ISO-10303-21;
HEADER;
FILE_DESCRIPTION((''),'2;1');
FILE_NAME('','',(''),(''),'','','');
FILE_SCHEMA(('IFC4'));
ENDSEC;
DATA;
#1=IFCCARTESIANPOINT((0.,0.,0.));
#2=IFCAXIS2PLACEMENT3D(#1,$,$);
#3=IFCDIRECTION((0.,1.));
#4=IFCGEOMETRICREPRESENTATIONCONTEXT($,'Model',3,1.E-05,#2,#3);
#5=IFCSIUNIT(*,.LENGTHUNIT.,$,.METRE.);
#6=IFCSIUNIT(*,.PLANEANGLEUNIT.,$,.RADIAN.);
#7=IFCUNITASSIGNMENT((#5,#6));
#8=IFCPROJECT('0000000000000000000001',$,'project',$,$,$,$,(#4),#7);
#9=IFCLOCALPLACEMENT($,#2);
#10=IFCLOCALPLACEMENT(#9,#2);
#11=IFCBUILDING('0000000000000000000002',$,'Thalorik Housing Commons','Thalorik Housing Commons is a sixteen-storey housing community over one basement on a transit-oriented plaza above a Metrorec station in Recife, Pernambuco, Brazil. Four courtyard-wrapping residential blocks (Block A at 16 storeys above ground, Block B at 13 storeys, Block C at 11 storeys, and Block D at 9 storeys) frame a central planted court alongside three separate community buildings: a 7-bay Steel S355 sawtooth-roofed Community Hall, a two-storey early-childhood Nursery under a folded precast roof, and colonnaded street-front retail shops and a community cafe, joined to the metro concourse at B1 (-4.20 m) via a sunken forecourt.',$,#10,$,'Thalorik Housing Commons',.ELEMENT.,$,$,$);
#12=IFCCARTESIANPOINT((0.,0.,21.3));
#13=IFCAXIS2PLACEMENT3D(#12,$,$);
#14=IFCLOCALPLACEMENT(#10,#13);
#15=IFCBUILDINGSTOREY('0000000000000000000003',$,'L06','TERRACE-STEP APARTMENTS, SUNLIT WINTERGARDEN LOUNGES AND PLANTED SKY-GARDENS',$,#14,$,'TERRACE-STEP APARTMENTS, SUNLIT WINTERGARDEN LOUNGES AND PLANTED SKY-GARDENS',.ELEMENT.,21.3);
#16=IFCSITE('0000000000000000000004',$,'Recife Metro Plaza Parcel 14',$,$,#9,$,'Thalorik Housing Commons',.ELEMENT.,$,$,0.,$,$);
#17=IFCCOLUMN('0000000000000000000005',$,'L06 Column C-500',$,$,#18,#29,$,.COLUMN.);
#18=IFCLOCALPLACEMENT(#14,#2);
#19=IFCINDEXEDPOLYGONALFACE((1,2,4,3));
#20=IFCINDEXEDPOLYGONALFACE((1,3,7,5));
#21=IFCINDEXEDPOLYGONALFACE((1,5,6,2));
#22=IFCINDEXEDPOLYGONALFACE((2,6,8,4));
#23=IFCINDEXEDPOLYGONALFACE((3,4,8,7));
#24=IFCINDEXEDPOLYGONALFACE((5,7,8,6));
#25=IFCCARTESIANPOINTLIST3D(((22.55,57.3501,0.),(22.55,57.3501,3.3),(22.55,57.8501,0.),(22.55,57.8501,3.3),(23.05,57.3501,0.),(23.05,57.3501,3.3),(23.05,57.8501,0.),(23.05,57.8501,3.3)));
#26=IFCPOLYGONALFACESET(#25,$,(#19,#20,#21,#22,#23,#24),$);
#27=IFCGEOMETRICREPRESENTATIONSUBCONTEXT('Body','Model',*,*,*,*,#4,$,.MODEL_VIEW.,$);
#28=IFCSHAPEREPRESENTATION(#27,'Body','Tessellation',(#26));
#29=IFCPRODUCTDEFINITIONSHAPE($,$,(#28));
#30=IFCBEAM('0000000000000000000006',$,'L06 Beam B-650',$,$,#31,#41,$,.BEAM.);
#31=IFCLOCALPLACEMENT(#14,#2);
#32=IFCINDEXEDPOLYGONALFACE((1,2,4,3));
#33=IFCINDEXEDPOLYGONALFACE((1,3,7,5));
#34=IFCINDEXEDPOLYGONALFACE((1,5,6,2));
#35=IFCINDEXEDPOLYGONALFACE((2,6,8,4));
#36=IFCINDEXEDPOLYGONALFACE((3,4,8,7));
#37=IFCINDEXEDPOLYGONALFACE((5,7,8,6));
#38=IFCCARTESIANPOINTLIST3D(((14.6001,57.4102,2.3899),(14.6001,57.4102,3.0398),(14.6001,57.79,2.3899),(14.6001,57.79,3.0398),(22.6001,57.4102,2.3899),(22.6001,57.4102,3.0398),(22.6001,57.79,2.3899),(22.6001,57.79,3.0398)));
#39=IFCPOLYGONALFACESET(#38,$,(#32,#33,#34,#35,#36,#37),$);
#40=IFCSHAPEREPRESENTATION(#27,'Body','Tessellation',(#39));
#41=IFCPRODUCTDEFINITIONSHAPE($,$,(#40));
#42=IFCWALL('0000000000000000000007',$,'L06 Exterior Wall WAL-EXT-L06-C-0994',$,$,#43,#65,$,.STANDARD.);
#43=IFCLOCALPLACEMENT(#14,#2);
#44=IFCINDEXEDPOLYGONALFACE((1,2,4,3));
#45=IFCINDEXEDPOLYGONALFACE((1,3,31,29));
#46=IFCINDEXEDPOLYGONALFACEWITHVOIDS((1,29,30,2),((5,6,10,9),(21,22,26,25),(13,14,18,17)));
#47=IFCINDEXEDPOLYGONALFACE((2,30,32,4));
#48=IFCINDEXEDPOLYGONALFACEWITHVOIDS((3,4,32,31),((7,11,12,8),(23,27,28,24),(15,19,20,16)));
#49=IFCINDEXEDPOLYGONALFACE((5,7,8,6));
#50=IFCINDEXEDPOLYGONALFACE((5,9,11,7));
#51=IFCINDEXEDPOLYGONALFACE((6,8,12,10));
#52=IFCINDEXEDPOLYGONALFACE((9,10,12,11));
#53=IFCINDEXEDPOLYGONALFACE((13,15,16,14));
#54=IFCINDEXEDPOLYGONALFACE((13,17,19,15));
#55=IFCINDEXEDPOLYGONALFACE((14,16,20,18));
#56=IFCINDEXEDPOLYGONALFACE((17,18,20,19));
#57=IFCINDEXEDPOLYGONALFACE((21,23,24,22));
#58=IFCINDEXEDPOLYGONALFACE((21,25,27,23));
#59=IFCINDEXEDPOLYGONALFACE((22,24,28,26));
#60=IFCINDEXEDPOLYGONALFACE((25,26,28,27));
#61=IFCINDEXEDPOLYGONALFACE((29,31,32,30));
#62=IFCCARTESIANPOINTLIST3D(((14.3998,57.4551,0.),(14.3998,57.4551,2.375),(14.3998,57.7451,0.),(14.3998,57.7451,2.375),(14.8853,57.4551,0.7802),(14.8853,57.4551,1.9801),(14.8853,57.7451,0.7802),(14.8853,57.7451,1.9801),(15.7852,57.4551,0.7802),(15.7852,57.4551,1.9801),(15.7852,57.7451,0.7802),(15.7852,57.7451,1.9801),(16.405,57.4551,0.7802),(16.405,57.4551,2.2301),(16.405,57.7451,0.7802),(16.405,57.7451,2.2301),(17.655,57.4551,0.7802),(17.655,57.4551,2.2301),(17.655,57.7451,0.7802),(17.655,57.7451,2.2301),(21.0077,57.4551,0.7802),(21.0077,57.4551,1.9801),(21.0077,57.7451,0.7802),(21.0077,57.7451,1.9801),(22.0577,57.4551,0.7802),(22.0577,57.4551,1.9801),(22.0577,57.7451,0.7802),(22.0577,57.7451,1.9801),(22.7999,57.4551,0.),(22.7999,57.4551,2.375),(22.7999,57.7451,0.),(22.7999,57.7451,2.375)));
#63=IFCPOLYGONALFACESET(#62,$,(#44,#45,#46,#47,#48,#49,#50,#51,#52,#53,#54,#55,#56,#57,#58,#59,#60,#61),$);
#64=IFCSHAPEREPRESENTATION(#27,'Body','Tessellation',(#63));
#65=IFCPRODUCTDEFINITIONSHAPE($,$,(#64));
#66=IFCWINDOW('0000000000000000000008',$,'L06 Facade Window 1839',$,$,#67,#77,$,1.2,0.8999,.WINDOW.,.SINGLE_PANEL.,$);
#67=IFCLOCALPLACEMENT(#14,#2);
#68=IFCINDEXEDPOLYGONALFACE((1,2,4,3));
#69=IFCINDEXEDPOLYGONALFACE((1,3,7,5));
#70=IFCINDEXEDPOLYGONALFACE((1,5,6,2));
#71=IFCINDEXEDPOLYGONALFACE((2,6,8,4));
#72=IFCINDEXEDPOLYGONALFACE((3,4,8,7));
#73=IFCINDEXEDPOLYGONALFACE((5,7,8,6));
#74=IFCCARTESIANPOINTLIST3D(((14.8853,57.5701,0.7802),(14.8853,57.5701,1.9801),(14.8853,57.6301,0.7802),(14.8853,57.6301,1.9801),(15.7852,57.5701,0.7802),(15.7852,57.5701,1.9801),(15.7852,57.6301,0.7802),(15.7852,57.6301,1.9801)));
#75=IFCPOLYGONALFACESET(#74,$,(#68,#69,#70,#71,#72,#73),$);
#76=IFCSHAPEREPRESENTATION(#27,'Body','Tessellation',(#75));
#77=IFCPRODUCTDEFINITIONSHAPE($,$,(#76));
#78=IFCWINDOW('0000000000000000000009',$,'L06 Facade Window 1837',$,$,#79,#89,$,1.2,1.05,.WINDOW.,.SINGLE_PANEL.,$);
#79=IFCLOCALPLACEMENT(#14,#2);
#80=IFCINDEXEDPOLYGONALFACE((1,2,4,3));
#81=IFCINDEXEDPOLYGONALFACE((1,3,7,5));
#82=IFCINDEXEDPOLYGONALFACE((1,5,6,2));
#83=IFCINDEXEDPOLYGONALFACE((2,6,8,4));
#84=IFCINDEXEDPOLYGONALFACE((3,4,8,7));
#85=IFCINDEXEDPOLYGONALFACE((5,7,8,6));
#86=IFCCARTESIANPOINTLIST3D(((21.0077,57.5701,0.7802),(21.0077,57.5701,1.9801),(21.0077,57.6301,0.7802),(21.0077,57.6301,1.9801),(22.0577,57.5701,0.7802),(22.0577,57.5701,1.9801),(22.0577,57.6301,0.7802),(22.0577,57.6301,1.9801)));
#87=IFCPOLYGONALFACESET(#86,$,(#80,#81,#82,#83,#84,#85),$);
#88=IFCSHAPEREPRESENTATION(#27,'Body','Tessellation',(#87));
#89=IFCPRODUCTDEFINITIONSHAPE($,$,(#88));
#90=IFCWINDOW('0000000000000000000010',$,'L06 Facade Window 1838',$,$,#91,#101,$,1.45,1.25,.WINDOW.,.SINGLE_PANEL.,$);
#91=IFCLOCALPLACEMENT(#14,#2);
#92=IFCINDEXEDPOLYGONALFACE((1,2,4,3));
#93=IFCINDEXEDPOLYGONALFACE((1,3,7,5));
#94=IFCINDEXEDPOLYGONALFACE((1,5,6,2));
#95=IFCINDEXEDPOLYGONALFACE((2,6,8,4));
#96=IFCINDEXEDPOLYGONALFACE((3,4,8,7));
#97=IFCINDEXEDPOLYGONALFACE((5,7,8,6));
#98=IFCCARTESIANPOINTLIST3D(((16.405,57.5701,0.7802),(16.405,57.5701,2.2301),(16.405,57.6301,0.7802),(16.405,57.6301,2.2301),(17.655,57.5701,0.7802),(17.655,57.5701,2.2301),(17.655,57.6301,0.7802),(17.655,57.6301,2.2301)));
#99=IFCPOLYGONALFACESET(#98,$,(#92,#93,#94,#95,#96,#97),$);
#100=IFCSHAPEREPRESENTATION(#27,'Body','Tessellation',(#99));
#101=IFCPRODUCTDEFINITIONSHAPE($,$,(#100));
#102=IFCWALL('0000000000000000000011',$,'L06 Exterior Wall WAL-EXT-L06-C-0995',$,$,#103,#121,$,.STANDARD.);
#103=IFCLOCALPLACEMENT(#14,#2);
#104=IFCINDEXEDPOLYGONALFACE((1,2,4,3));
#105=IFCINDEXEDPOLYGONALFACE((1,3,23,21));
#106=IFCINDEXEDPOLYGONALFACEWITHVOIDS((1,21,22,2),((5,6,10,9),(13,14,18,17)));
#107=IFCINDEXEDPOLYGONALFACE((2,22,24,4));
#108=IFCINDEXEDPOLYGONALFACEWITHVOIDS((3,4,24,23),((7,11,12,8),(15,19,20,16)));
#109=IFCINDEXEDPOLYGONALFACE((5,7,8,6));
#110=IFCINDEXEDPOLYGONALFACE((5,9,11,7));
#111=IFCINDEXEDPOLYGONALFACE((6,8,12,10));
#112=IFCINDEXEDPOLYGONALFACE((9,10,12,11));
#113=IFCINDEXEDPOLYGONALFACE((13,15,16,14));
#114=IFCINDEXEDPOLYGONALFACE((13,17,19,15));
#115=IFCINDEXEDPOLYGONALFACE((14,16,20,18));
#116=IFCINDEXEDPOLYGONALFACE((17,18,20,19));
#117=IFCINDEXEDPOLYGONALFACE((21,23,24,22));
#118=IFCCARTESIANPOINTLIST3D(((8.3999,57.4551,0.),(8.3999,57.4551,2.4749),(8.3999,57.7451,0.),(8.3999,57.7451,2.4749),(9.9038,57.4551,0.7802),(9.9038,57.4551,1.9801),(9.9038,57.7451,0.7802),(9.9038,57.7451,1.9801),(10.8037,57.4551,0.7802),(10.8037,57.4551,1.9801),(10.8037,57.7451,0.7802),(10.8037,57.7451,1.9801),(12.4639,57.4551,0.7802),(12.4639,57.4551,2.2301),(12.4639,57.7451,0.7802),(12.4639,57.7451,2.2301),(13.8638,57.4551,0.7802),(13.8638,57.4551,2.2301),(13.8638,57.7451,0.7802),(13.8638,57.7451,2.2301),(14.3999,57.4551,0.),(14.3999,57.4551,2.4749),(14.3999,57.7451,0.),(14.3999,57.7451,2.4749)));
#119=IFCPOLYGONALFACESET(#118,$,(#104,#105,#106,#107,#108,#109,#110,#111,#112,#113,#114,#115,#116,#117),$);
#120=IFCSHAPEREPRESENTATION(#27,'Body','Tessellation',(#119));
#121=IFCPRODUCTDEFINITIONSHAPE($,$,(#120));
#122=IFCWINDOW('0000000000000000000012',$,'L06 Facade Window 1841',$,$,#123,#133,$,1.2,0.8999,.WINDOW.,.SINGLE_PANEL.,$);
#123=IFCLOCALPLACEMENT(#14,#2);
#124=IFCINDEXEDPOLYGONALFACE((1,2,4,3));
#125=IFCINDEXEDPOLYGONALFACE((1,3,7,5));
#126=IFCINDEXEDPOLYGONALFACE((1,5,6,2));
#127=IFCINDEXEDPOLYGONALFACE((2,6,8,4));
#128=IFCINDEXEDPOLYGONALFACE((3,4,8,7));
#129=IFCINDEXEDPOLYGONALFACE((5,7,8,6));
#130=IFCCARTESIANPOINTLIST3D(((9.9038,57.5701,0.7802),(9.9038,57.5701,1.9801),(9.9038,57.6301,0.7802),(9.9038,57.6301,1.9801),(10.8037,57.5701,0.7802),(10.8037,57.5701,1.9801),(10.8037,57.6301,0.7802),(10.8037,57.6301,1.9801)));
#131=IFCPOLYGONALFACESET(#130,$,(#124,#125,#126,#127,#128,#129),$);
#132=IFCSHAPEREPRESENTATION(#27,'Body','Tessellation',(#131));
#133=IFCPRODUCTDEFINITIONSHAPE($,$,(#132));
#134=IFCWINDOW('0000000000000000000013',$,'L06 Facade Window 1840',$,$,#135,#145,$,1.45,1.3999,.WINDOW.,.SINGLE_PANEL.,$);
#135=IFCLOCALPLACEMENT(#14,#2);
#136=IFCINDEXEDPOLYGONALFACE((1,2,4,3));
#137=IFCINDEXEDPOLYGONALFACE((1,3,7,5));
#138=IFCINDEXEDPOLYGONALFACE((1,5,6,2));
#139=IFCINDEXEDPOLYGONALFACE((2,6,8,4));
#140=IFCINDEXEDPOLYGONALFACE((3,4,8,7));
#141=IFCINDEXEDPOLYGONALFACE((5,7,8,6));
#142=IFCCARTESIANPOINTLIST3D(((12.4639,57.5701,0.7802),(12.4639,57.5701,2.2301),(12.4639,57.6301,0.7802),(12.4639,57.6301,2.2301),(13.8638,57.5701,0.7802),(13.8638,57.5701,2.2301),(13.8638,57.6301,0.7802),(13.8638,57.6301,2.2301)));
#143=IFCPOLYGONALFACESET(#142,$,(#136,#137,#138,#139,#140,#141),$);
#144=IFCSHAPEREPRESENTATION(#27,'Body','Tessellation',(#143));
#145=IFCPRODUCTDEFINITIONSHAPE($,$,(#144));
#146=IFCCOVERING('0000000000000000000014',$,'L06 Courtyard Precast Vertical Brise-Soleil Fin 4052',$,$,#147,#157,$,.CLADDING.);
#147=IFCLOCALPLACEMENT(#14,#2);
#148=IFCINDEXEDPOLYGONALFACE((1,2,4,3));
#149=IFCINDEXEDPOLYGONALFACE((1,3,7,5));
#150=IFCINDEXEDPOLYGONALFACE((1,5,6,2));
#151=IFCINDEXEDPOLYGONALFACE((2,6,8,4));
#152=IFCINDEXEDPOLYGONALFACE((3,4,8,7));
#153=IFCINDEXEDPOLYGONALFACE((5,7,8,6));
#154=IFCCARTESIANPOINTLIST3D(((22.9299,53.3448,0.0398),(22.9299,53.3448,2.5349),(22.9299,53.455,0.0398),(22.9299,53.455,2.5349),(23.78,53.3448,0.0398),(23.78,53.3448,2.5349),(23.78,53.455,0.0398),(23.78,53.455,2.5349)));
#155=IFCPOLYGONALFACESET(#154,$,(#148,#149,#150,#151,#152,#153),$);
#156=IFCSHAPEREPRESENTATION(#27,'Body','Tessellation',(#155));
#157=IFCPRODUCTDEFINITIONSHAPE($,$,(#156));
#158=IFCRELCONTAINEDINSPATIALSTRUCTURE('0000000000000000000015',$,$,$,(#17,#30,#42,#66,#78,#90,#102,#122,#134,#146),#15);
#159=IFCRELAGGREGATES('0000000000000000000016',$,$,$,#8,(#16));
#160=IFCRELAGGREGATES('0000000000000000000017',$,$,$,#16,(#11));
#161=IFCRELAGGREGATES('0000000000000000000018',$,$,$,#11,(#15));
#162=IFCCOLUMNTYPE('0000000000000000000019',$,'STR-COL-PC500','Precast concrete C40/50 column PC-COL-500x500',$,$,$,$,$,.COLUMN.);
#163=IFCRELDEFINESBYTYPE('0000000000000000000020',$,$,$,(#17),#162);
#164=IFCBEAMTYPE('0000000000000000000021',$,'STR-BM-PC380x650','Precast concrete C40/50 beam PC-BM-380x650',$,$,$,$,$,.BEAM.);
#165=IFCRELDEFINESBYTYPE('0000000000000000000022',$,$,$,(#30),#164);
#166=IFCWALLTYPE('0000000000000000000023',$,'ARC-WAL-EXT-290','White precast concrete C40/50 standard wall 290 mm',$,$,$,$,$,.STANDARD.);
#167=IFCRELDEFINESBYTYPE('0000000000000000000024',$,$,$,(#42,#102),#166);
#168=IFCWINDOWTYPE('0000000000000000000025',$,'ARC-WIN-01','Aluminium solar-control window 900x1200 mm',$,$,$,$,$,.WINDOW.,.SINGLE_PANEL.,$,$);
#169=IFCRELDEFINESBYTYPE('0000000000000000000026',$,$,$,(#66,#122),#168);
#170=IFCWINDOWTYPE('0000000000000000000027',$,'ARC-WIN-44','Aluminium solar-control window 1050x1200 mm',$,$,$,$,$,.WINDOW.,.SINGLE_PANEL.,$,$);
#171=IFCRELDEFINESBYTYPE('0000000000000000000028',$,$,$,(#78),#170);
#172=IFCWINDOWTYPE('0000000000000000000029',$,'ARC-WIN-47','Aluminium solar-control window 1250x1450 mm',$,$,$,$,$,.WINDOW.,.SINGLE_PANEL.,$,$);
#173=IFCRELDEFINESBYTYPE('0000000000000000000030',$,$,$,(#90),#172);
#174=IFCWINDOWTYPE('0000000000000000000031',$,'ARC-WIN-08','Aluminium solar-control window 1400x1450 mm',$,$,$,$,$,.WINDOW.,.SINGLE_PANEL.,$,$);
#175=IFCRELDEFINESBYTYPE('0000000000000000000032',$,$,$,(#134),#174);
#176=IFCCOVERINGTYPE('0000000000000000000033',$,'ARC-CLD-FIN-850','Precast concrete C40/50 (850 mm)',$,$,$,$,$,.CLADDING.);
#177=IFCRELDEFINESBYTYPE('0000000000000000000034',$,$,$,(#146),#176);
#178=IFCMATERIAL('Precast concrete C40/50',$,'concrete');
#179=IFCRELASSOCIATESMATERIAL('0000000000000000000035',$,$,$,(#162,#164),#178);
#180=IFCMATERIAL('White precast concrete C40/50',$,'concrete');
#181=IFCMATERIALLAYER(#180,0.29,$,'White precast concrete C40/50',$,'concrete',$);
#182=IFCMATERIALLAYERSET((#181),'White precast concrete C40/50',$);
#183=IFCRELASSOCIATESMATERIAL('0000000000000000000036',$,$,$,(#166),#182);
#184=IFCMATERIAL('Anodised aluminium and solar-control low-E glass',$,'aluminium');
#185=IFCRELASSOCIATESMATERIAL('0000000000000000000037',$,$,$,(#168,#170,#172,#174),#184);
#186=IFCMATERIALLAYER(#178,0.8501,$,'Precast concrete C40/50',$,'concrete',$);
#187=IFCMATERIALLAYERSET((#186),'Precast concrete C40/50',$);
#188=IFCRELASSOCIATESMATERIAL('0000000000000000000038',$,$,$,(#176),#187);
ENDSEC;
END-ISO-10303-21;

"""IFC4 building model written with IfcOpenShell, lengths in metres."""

from ifc_helpers import new_model, si_unit, direction, frame, frame_2d, origin, origin_2d, place, context, subcontext, project, spatial, rectangle, extrude, material, layer, layer_set, material_profile, profile_set, type_object, element, fill, save


model = new_model("IFC4")

# Units and contexts
model_context = context("Model", 3, precision=1e-05, world=origin(), true_north=direction((0.0, 1.0)))
body_context = subcontext(model_context, "Body", "Model", "MODEL_VIEW")
ifc_project = project(units=[si_unit("LENGTHUNIT", "METRE"), si_unit("PLANEANGLEUNIT", "RADIAN")], contexts=[model_context])

# Site, building, storey
site_placement = place(None, origin())
site = spatial("IfcSite", under=ifc_project, at=site_placement, Name="Recife Metro Plaza Parcel 14", LongName="Thalorik Housing Commons", CompositionType="ELEMENT", RefElevation=0.0)
building_placement = place(site_placement, origin())
building = spatial("IfcBuilding", under=site, at=building_placement, Name="Thalorik Housing Commons", Description="Thalorik Housing Commons is a sixteen-storey housing community over one basement on a transit-oriented plaza above a Metrorec station in Recife, Pernambuco, Brazil. Four courtyard-wrapping residential blocks (Block A at 16 storeys above ground, Block B at 13 storeys, Block C at 11 storeys, and Block D at 9 storeys) frame a central planted court alongside three separate community buildings: a 7-bay Steel S355 sawtooth-roofed Community Hall, a two-storey early-childhood Nursery under a folded precast roof, and colonnaded street-front retail shops and a community cafe, joined to the metro concourse at B1 (-4.20 m) via a sunken forecourt.", LongName="Thalorik Housing Commons", CompositionType="ELEMENT")
storey_placement = place(building_placement, frame((0.0, 0.0, 21.3)))
storey = spatial("IfcBuildingStorey", under=building, at=storey_placement, Name="L06", Description="TERRACE-STEP APARTMENTS, SUNLIT WINTERGARDEN LOUNGES AND PLANTED SKY-GARDENS", LongName="TERRACE-STEP APARTMENTS, SUNLIT WINTERGARDEN LOUNGES AND PLANTED SKY-GARDENS", CompositionType="ELEMENT", Elevation=21.3)

# Column
ifc_material_1 = material(Name="Precast concrete C40/50", Category="concrete")
ifc_material_profile_1 = material_profile(ifc_material_1, rectangle(XDim=0.5, YDim=0.5, at=origin_2d()), Name="PC 500x500", Category="concrete")
ifc_profile_set_1 = profile_set([ifc_material_profile_1], Name="Precast concrete C40/50")
column_type = type_object("IfcColumnType", Name="STR-COL-PC500", Description="Precast concrete C40/50 column PC-COL-500x500", PredefinedType="COLUMN", material=ifc_profile_set_1)
column_placement = place(storey_placement, frame((22.8, 57.6001, 0.0), z_axis=(0.0, 0.0, 1.0), x_axis=(1.0, 0.0, 0.0)))
element("IfcColumn", 1, at=column_placement, inside=storey, type_object=column_type, Name="L06 Column C-500", PredefinedType="COLUMN", context=body_context, shape_type="SweptSolid", body=[
    extrude(rectangle(XDim=0.5, YDim=0.5, at=origin_2d()), origin(), (0.0, 0.0, 1.0), 3.3),
])

# Beam
ifc_material_profile_2 = material_profile(ifc_material_1, rectangle(XDim=0.3799, YDim=0.6499, at=origin_2d()), Name="PC 380x650", Category="concrete")
ifc_profile_set_2 = profile_set([ifc_material_profile_2], Name="Precast concrete C40/50")
beam_type = type_object("IfcBeamType", Name="STR-BM-PC380x650", Description="Precast concrete C40/50 beam PC-BM-380x650", PredefinedType="BEAM", material=ifc_profile_set_2)
beam_placement = place(storey_placement, frame((14.6001, 57.6001, 2.7148), z_axis=(1.0, 0.0, 0.0), x_axis=(0.0, 1.0, 0.0)))
element("IfcBeam", 2, at=beam_placement, inside=storey, type_object=beam_type, Name="L06 Beam B-650", PredefinedType="BEAM", context=body_context, shape_type="SweptSolid", body=[
    extrude(rectangle(XDim=0.3799, YDim=0.6499, at=origin_2d()), origin(), (0.0, 0.0, 1.0), 8.0),
])

# Walls, openings, windows
ifc_material_2 = material(Name="White precast concrete C40/50", Category="concrete")
ifc_layer_1 = layer(ifc_material_2, 0.29, Name="White precast concrete C40/50", Category="concrete")
ifc_layer_set_1 = layer_set([ifc_layer_1], Name="White precast concrete C40/50")
wall_type = type_object("IfcWallType", Name="ARC-WAL-EXT-290", Description="White precast concrete C40/50 standard wall 290 mm", PredefinedType="STANDARD", material=ifc_layer_set_1)
wall_1_placement = place(storey_placement, frame((22.8, 57.6001, 0.0), z_axis=(0.0, 0.0, 1.0), x_axis=(-1.0, 0.0, 0.0)))
wall_1 = element("IfcWall", 3, at=wall_1_placement, inside=storey, type_object=wall_type, Name="L06 Exterior Wall WAL-EXT-L06-C-0994", PredefinedType="STANDARD", context=body_context, shape_type="SweptSolid", body=[
    extrude(rectangle(XDim=8.4001, YDim=0.29, at=frame_2d((4.2002, 0.0))), origin(), (0.0, 0.0, 1.0), 2.375),
])
opening_1_placement = place(wall_1_placement, frame((0.7424, 0.0, 0.78)))
opening_1 = element("IfcOpeningElement", 4, at=opening_1_placement, cuts=wall_1, PredefinedType="OPENING", context=body_context, shape_type="SweptSolid", body=[
    extrude(rectangle(XDim=1.05, YDim=1.2, at=frame_2d((0.5249, 0.6001))), frame((0.0, 0.155, 0.0), z_axis=(0.0, -1.0, 0.0), x_axis=(1.0, 0.0, 0.0)), (0.0, 0.0, 1.0), 0.3101),
])
opening_2_placement = place(wall_1_placement, frame((5.145, 0.0, 0.78)))
opening_2 = element("IfcOpeningElement", 5, at=opening_2_placement, cuts=wall_1, PredefinedType="OPENING", context=body_context, shape_type="SweptSolid", body=[
    extrude(rectangle(XDim=1.25, YDim=1.45, at=frame_2d((0.625, 0.7251))), frame((0.0, 0.155, 0.0), z_axis=(0.0, -1.0, 0.0), x_axis=(1.0, 0.0, 0.0)), (0.0, 0.0, 1.0), 0.3101),
])
opening_3_placement = place(wall_1_placement, frame((7.0149, 0.0, 0.78)))
opening_3 = element("IfcOpeningElement", 6, at=opening_3_placement, cuts=wall_1, PredefinedType="OPENING", context=body_context, shape_type="SweptSolid", body=[
    extrude(rectangle(XDim=0.8999, YDim=1.2, at=frame_2d((0.45, 0.6001))), frame((0.0, 0.155, 0.0), z_axis=(0.0, -1.0, 0.0), x_axis=(1.0, 0.0, 0.0)), (0.0, 0.0, 1.0), 0.3101),
])
ifc_material_3 = material(Name="Anodised aluminium and solar-control low-E glass", Category="aluminium")
window_type_1 = type_object("IfcWindowType", Name="ARC-WIN-01", Description="Aluminium solar-control window 900x1200 mm", PartitioningType="SINGLE_PANEL", PredefinedType="WINDOW", material=ifc_material_3)
window_1_placement = place(opening_3_placement, origin())
window_1 = element("IfcWindow", 7, at=window_1_placement, inside=storey, type_object=window_type_1, Name="L06 Facade Window 1839", OverallHeight=1.2, OverallWidth=0.8999, PartitioningType="SINGLE_PANEL", PredefinedType="WINDOW", context=body_context, shape_type="SweptSolid", body=[
    extrude(rectangle(XDim=0.8999, YDim=1.2, at=frame_2d((0.45, 0.6001))), frame((0.0, 0.03, 0.0), z_axis=(0.0, -1.0, 0.0), x_axis=(1.0, 0.0, 0.0)), (0.0, 0.0, 1.0), 0.0601),
])
fill(opening_3, window_1)
window_type_2 = type_object("IfcWindowType", Name="ARC-WIN-44", Description="Aluminium solar-control window 1050x1200 mm", PartitioningType="SINGLE_PANEL", PredefinedType="WINDOW", material=ifc_material_3)
window_2_placement = place(opening_1_placement, origin())
window_2 = element("IfcWindow", 8, at=window_2_placement, inside=storey, type_object=window_type_2, Name="L06 Facade Window 1837", OverallHeight=1.2, OverallWidth=1.05, PartitioningType="SINGLE_PANEL", PredefinedType="WINDOW", context=body_context, shape_type="SweptSolid", body=[
    extrude(rectangle(XDim=1.05, YDim=1.2, at=frame_2d((0.5249, 0.6001))), frame((0.0, 0.03, 0.0), z_axis=(0.0, -1.0, 0.0), x_axis=(1.0, 0.0, 0.0)), (0.0, 0.0, 1.0), 0.0601),
])
fill(opening_1, window_2)
window_type_3 = type_object("IfcWindowType", Name="ARC-WIN-47", Description="Aluminium solar-control window 1250x1450 mm", PartitioningType="SINGLE_PANEL", PredefinedType="WINDOW", material=ifc_material_3)
window_3_placement = place(opening_2_placement, origin())
window_3 = element("IfcWindow", 9, at=window_3_placement, inside=storey, type_object=window_type_3, Name="L06 Facade Window 1838", OverallHeight=1.45, OverallWidth=1.25, PartitioningType="SINGLE_PANEL", PredefinedType="WINDOW", context=body_context, shape_type="SweptSolid", body=[
    extrude(rectangle(XDim=1.25, YDim=1.45, at=frame_2d((0.625, 0.7251))), frame((0.0, 0.03, 0.0), z_axis=(0.0, -1.0, 0.0), x_axis=(1.0, 0.0, 0.0)), (0.0, 0.0, 1.0), 0.0601),
])
fill(opening_2, window_3)
wall_2_placement = place(storey_placement, frame((14.3999, 57.6001, 0.0), z_axis=(0.0, 0.0, 1.0), x_axis=(-1.0, 0.0, 0.0)))
wall_2 = element("IfcWall", 10, at=wall_2_placement, inside=storey, type_object=wall_type, Name="L06 Exterior Wall WAL-EXT-L06-C-0995", PredefinedType="STANDARD", context=body_context, shape_type="SweptSolid", body=[
    extrude(rectangle(XDim=6.0, YDim=0.29, at=frame_2d((3.0, 0.0))), origin(), (0.0, 0.0, 1.0), 2.4749),
])
opening_4_placement = place(wall_2_placement, frame((0.5361, 0.0, 0.78)))
opening_4 = element("IfcOpeningElement", 11, at=opening_4_placement, cuts=wall_2, PredefinedType="OPENING", context=body_context, shape_type="SweptSolid", body=[
    extrude(rectangle(XDim=1.3999, YDim=1.45, at=frame_2d((0.7, 0.7251))), frame((0.0, 0.155, 0.0), z_axis=(0.0, -1.0, 0.0), x_axis=(1.0, 0.0, 0.0)), (0.0, 0.0, 1.0), 0.3101),
])
opening_5_placement = place(wall_2_placement, frame((3.5962, 0.0, 0.78)))
opening_5 = element("IfcOpeningElement", 12, at=opening_5_placement, cuts=wall_2, PredefinedType="OPENING", context=body_context, shape_type="SweptSolid", body=[
    extrude(rectangle(XDim=0.8999, YDim=1.2, at=frame_2d((0.45, 0.6001))), frame((0.0, 0.155, 0.0), z_axis=(0.0, -1.0, 0.0), x_axis=(1.0, 0.0, 0.0)), (0.0, 0.0, 1.0), 0.3101),
])
window_4_placement = place(opening_5_placement, origin())
window_4 = element("IfcWindow", 13, at=window_4_placement, inside=storey, type_object=window_type_1, Name="L06 Facade Window 1841", OverallHeight=1.2, OverallWidth=0.8999, PartitioningType="SINGLE_PANEL", PredefinedType="WINDOW", context=body_context, shape_type="SweptSolid", body=[
    extrude(rectangle(XDim=0.8999, YDim=1.2, at=frame_2d((0.45, 0.6001))), frame((0.0, 0.03, 0.0), z_axis=(0.0, -1.0, 0.0), x_axis=(1.0, 0.0, 0.0)), (0.0, 0.0, 1.0), 0.0601),
])
fill(opening_5, window_4)
window_type_4 = type_object("IfcWindowType", Name="ARC-WIN-08", Description="Aluminium solar-control window 1400x1450 mm", PartitioningType="SINGLE_PANEL", PredefinedType="WINDOW", material=ifc_material_3)
window_5_placement = place(opening_4_placement, origin())
window_5 = element("IfcWindow", 14, at=window_5_placement, inside=storey, type_object=window_type_4, Name="L06 Facade Window 1840", OverallHeight=1.45, OverallWidth=1.3999, PartitioningType="SINGLE_PANEL", PredefinedType="WINDOW", context=body_context, shape_type="SweptSolid", body=[
    extrude(rectangle(XDim=1.3999, YDim=1.45, at=frame_2d((0.7, 0.7251))), frame((0.0, 0.03, 0.0), z_axis=(0.0, -1.0, 0.0), x_axis=(1.0, 0.0, 0.0)), (0.0, 0.0, 1.0), 0.0601),
])
fill(opening_4, window_5)

# Covering
ifc_layer_2 = layer(ifc_material_1, 0.8501, Name="Precast concrete C40/50", Category="concrete")
ifc_layer_set_2 = layer_set([ifc_layer_2], Name="Precast concrete C40/50")
covering_type_1 = type_object("IfcCoveringType", Name="ARC-CLD-FIN-850", Description="Precast concrete C40/50 (850 mm)", PredefinedType="CLADDING", material=ifc_layer_set_2)
for number, where, z_axis, x_axis, name in (
    (15, (23.355, 53.3999, 0.0398), (0.0, 0.0, 1.0), (0.0, 1.0, 0.0), "L06 Courtyard Precast Vertical Brise-Soleil Fin 4052"),
):
    element("IfcCovering", number, at=place(storey_placement, frame(where, z_axis=z_axis, x_axis=x_axis)), inside=storey, type_object=covering_type_1, Name=name, PredefinedType="CLADDING", context=body_context, shape_type="SweptSolid", body=[
        extrude(rectangle(XDim=0.1101, YDim=0.8501, at=origin_2d()), origin(), (0.0, 0.0, 1.0), 2.4951),
    ])

save(model, "model.ifc")
